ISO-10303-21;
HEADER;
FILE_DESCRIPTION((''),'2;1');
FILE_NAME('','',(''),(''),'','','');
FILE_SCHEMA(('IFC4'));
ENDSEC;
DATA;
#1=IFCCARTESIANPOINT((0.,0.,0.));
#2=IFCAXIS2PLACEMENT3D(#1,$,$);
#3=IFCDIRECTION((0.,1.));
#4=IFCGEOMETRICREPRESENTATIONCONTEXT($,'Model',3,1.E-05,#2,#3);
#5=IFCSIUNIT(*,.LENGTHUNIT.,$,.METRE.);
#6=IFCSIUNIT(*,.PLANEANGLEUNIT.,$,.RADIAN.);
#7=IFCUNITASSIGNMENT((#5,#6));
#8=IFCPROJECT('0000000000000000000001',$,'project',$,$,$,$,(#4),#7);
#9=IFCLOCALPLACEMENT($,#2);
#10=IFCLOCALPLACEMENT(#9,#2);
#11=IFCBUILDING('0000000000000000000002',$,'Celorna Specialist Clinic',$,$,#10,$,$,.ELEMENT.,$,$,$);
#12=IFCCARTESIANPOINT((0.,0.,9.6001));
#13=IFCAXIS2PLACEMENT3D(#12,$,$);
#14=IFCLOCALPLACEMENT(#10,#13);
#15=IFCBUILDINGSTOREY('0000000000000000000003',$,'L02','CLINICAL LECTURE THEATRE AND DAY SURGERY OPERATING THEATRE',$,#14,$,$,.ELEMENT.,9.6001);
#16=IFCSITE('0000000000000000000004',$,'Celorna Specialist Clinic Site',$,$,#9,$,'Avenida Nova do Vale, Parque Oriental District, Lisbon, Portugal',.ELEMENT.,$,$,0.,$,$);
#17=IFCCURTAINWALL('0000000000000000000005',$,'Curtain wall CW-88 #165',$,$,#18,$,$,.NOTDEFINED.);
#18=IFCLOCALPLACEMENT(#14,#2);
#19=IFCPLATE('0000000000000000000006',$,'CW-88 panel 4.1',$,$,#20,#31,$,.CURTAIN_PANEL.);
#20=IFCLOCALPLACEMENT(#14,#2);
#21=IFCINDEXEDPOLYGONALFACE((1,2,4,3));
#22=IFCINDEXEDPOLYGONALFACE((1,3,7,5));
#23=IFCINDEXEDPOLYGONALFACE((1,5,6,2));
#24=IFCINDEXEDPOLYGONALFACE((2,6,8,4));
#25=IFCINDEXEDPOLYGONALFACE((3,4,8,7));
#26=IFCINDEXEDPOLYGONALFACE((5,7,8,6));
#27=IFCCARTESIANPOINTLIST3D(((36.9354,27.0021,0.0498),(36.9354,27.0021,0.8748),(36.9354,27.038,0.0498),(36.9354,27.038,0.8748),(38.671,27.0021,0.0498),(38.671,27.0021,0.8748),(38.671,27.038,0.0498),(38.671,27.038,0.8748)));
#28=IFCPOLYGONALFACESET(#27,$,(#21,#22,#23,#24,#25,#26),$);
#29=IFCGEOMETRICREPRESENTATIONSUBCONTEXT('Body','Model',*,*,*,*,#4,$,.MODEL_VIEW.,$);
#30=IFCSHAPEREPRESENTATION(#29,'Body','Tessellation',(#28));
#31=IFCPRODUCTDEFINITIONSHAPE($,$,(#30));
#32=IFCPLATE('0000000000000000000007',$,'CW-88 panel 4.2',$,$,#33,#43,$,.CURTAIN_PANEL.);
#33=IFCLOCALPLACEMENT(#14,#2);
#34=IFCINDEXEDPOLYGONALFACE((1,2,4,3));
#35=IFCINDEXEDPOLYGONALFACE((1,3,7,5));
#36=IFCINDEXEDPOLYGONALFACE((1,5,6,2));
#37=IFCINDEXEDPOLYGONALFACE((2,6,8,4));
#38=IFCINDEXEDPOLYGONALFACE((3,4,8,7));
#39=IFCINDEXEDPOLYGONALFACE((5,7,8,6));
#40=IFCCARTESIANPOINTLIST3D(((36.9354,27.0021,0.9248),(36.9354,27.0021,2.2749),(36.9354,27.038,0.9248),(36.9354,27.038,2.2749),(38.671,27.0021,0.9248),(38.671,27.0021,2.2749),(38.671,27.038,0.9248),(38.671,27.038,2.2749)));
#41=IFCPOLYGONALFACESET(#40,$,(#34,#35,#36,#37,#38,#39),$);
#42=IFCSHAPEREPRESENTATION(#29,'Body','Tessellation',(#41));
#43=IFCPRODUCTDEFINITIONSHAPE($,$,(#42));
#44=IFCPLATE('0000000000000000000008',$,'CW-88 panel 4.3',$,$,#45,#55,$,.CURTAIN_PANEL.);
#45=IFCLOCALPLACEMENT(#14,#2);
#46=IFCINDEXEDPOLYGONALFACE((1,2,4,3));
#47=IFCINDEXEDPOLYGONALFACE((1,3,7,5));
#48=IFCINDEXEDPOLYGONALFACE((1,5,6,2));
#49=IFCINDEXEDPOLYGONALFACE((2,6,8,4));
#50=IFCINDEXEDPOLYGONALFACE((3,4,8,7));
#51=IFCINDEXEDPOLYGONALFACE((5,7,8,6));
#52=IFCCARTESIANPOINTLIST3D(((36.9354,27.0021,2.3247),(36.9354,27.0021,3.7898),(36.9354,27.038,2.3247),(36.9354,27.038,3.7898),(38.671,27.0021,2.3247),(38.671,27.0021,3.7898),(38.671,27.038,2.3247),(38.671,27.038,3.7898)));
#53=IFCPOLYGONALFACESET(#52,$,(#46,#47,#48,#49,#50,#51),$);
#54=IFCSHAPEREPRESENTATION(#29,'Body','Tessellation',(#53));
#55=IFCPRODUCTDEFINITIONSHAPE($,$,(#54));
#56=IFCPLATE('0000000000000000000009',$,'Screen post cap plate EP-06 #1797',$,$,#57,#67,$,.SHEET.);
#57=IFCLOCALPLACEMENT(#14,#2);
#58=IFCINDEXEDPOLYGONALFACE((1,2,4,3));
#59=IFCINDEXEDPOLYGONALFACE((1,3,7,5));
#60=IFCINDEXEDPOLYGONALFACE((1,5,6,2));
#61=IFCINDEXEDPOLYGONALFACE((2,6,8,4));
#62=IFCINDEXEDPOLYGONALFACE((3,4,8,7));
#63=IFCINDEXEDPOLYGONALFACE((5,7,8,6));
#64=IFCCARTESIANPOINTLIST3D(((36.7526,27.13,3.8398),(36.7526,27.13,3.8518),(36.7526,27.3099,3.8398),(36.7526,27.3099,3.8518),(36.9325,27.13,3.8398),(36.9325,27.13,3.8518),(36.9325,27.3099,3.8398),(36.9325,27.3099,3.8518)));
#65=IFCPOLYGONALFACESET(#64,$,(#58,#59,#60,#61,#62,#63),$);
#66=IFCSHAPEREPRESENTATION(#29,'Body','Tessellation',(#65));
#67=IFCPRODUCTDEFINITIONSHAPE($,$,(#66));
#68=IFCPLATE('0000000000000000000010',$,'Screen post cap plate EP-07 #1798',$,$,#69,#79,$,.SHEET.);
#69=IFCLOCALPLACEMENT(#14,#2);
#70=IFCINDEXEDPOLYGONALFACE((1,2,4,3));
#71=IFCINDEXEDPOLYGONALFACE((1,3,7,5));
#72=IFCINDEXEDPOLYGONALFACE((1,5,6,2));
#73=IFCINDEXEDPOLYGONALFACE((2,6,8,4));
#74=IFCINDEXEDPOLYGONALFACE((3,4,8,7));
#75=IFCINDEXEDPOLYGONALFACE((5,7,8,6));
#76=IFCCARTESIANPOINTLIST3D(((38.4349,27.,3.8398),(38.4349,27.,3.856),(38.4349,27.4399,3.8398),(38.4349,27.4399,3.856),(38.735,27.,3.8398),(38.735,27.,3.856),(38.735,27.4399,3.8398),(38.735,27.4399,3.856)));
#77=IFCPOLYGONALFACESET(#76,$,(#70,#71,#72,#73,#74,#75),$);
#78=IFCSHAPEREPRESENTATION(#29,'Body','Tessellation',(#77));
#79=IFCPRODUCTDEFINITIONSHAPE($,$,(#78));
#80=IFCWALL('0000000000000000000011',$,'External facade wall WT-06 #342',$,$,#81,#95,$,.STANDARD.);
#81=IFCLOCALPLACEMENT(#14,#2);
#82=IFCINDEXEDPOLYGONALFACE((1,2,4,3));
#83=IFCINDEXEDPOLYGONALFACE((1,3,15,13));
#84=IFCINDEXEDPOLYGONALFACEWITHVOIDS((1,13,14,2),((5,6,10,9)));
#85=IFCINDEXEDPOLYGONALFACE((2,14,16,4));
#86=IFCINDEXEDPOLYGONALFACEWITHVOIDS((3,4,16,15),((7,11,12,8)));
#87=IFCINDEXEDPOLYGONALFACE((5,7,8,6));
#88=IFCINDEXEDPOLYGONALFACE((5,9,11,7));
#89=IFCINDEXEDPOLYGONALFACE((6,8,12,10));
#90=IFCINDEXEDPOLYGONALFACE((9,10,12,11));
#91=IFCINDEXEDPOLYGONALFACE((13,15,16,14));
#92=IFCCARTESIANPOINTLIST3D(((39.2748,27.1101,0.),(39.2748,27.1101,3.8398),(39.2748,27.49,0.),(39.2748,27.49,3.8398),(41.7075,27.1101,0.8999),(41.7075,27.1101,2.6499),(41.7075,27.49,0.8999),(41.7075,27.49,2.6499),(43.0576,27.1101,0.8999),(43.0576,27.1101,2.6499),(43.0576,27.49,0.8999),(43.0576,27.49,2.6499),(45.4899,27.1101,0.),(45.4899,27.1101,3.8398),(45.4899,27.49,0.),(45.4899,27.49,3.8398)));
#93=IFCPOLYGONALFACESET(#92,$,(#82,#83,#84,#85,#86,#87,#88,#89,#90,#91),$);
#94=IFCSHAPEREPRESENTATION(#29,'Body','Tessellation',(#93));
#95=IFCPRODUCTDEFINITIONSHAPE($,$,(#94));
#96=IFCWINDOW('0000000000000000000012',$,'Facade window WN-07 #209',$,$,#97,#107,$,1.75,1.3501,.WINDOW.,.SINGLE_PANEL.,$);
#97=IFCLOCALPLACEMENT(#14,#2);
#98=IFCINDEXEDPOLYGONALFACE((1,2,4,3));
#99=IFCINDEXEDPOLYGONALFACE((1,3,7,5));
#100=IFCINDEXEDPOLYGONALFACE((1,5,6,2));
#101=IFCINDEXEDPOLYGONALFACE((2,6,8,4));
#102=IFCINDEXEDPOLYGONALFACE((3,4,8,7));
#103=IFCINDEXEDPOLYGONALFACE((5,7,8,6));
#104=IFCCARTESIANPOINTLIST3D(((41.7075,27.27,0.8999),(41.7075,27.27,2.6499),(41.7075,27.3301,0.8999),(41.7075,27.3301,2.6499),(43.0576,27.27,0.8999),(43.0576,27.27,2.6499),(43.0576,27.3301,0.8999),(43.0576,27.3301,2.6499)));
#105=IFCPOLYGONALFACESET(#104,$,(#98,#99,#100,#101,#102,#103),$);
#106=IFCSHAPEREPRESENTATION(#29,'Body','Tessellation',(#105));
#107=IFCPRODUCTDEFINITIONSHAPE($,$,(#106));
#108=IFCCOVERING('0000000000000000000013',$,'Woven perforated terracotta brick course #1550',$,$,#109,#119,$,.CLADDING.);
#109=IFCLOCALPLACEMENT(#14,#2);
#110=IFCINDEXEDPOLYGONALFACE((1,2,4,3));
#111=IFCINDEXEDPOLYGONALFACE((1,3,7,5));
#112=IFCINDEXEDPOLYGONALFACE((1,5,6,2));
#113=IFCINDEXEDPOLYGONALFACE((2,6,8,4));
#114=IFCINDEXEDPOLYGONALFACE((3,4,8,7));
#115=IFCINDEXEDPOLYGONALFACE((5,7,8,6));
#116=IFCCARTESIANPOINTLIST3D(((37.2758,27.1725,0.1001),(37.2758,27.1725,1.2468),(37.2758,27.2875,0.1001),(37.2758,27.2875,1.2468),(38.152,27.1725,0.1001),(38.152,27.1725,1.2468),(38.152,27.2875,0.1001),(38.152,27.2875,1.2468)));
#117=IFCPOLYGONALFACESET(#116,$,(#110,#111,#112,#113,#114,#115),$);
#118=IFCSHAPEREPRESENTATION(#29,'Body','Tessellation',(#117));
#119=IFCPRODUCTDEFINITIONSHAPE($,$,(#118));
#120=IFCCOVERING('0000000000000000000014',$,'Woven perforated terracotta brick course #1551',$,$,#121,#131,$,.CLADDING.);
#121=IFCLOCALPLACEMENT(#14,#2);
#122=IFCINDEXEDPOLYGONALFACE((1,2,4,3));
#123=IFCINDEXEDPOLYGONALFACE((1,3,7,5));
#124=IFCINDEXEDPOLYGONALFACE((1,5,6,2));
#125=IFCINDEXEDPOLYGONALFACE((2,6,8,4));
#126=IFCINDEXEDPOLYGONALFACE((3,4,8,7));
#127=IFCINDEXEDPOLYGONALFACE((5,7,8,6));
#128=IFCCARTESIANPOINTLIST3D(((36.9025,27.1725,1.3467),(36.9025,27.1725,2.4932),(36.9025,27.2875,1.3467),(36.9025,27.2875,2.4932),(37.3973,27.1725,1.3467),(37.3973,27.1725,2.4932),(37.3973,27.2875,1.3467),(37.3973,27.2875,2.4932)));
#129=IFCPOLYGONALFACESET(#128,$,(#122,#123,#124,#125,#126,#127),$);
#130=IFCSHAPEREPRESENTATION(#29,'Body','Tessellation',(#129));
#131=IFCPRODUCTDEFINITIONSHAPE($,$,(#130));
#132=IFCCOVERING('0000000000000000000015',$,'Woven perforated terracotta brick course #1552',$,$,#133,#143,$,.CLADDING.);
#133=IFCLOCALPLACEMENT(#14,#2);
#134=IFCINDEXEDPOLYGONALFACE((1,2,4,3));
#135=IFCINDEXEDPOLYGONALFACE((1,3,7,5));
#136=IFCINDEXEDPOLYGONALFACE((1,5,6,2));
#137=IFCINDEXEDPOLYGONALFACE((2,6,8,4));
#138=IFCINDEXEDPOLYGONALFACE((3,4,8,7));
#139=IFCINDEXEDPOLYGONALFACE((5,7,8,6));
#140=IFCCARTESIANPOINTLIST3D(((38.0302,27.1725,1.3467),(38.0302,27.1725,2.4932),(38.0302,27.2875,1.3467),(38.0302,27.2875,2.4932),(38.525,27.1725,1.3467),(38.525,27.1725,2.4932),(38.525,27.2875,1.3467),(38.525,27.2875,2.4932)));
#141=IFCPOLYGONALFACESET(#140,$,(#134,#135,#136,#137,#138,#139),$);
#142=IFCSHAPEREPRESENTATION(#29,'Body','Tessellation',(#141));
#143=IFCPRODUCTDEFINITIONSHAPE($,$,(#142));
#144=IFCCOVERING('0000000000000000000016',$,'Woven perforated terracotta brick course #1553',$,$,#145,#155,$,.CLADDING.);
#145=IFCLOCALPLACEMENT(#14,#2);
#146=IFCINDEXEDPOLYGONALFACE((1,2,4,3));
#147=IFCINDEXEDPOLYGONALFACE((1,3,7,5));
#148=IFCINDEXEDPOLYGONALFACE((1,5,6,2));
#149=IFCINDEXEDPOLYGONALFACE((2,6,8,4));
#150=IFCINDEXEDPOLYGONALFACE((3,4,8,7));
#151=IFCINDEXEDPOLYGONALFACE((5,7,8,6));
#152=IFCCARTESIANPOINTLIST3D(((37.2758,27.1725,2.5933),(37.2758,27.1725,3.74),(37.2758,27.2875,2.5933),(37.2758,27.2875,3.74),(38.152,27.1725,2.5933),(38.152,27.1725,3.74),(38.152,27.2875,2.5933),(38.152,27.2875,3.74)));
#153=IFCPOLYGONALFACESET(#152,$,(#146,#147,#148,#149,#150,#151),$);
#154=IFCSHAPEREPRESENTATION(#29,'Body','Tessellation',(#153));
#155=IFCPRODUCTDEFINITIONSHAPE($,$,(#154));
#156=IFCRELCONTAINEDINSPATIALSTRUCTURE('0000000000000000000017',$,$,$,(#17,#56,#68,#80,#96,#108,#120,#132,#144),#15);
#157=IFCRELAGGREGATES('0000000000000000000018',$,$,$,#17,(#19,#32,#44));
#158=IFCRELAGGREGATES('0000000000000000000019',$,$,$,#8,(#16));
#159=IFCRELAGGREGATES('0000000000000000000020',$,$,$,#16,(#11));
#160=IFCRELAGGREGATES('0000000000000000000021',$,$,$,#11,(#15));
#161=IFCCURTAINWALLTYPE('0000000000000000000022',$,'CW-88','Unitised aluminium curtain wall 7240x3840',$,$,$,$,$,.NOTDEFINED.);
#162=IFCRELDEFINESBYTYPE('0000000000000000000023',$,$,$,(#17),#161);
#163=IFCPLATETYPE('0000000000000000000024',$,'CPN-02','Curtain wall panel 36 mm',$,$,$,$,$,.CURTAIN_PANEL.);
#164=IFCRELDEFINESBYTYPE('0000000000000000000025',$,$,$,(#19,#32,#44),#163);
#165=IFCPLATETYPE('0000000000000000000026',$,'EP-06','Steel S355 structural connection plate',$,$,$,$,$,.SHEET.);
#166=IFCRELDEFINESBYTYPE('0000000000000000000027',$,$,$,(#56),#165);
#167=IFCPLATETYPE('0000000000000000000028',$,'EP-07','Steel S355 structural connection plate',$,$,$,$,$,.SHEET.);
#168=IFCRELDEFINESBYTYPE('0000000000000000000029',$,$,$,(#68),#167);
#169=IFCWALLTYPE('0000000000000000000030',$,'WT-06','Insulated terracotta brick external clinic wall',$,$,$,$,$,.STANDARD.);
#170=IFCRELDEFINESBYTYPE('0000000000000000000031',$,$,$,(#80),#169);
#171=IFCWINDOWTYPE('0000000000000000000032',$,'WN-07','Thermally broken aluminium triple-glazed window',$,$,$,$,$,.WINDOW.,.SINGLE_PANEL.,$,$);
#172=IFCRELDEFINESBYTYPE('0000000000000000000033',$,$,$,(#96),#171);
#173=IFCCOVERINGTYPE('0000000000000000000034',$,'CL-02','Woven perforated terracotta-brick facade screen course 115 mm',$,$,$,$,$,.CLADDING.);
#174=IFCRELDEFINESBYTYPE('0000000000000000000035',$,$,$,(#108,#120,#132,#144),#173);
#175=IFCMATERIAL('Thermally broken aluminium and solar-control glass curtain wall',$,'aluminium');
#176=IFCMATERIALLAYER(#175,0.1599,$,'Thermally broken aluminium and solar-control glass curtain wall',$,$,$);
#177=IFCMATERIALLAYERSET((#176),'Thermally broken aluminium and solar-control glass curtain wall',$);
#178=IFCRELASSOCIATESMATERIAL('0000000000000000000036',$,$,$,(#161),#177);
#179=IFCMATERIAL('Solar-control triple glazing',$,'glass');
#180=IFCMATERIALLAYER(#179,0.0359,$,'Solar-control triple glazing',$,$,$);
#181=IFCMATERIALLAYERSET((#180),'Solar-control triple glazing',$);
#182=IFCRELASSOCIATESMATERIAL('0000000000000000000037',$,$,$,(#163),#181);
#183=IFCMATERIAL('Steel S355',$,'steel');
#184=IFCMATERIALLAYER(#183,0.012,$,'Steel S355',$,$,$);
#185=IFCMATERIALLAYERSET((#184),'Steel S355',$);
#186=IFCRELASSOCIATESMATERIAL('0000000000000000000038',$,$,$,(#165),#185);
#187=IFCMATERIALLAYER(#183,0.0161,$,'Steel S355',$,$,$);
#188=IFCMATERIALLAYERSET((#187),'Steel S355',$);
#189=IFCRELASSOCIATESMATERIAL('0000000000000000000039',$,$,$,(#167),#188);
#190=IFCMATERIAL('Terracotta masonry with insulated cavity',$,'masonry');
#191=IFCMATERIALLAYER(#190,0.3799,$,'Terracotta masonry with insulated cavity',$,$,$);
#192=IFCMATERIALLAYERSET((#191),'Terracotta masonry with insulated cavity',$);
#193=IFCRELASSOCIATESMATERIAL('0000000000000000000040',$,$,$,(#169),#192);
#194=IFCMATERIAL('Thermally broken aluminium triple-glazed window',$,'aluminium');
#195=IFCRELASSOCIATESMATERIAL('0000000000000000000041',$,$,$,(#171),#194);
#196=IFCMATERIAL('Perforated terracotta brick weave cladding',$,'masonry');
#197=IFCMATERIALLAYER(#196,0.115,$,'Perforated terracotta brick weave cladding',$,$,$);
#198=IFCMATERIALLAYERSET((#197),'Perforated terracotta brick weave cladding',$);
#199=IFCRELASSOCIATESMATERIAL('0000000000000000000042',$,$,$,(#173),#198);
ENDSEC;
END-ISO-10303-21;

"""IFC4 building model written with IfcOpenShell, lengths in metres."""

from ifc_helpers import new_model, si_unit, direction, frame, frame_2d, origin, origin_2d, place, context, subcontext, project, spatial, rectangle, extrude, material, layer, layer_set, type_object, element, fill, aggregate, save


model = new_model("IFC4")

# Units and contexts
model_context = context("Model", 3, precision=1e-05, world=origin(), true_north=direction((0.0, 1.0)))
body_context = subcontext(model_context, "Body", "Model", "MODEL_VIEW")
ifc_project = project(units=[si_unit("LENGTHUNIT", "METRE"), si_unit("PLANEANGLEUNIT", "RADIAN")], contexts=[model_context])

# Site, building, storey
site_placement = place(None, origin())
site = spatial("IfcSite", under=ifc_project, at=site_placement, Name="Celorna Specialist Clinic Site", LongName="Avenida Nova do Vale, Parque Oriental District, Lisbon, Portugal", CompositionType="ELEMENT", RefElevation=0.0)
building_placement = place(site_placement, origin())
building = spatial("IfcBuilding", under=site, at=building_placement, Name="Celorna Specialist Clinic", CompositionType="ELEMENT")
storey_placement = place(building_placement, frame((0.0, 0.0, 9.6001)))
storey = spatial("IfcBuildingStorey", under=building, at=storey_placement, Name="L02", Description="CLINICAL LECTURE THEATRE AND DAY SURGERY OPERATING THEATRE", CompositionType="ELEMENT", Elevation=9.6001)

# Shared definitions
ifc_material_1 = material(Name="Steel S355", Category="steel")

# Curtain wall
ifc_material_2 = material(Name="Thermally broken aluminium and solar-control glass curtain wall", Category="aluminium")
ifc_layer_1 = layer(ifc_material_2, 0.1599, Name="Thermally broken aluminium and solar-control glass curtain wall")
ifc_layer_set_1 = layer_set([ifc_layer_1], Name="Thermally broken aluminium and solar-control glass curtain wall")
curtain_wall_type_1 = type_object("IfcCurtainWallType", Name="CW-88", Description="Unitised aluminium curtain wall 7240x3840", PredefinedType="NOTDEFINED", material=ifc_layer_set_1)
curtain_wall_1_placement = place(storey_placement, origin())
curtain_wall_1 = element("IfcCurtainWall", 1, at=curtain_wall_1_placement, inside=storey, type_object=curtain_wall_type_1, Name="Curtain wall CW-88 #165", PredefinedType="NOTDEFINED")

# Plates
ifc_material_3 = material(Name="Solar-control triple glazing", Category="glass")
ifc_layer_2 = layer(ifc_material_3, 0.0359, Name="Solar-control triple glazing")
ifc_layer_set_2 = layer_set([ifc_layer_2], Name="Solar-control triple glazing")
plate_type_1 = type_object("IfcPlateType", Name="CPN-02", Description="Curtain wall panel 36 mm", PredefinedType="CURTAIN_PANEL", material=ifc_layer_set_2)
plate_1_placement = place(storey_placement, frame((37.8032, 27.02, 0.0498), z_axis=(0.0, 0.0, 1.0), x_axis=(1.0, 0.0, 0.0)))
plate_1 = element("IfcPlate", 2, at=plate_1_placement, type_object=plate_type_1, Name="CW-88 panel 4.1", PredefinedType="CURTAIN_PANEL", context=body_context, shape_type="SweptSolid", body=[
    extrude(rectangle(XDim=1.7356, YDim=0.0359, at=origin_2d()), origin(), (0.0, 0.0, 1.0), 0.825),
])
plate_2_placement = place(storey_placement, frame((37.8032, 27.02, 0.9248), z_axis=(0.0, 0.0, 1.0), x_axis=(1.0, 0.0, 0.0)))
plate_2 = element("IfcPlate", 3, at=plate_2_placement, type_object=plate_type_1, Name="CW-88 panel 4.2", PredefinedType="CURTAIN_PANEL", context=body_context, shape_type="SweptSolid", body=[
    extrude(rectangle(XDim=1.7356, YDim=0.0359, at=origin_2d()), origin(), (0.0, 0.0, 1.0), 1.3501),
])
plate_3_placement = place(storey_placement, frame((37.8032, 27.02, 2.3247), z_axis=(0.0, 0.0, 1.0), x_axis=(1.0, 0.0, 0.0)))
plate_3 = element("IfcPlate", 4, at=plate_3_placement, type_object=plate_type_1, Name="CW-88 panel 4.3", PredefinedType="CURTAIN_PANEL", context=body_context, shape_type="SweptSolid", body=[
    extrude(rectangle(XDim=1.7356, YDim=0.0359, at=origin_2d()), origin(), (0.0, 0.0, 1.0), 1.4651),
])
aggregate(curtain_wall_1, [plate_1, plate_2, plate_3])

# Plates
ifc_layer_3 = layer(ifc_material_1, 0.012, Name="Steel S355")
ifc_layer_set_3 = layer_set([ifc_layer_3], Name="Steel S355")
plate_type_2 = type_object("IfcPlateType", Name="EP-06", Description="Steel S355 structural connection plate", PredefinedType="SHEET", material=ifc_layer_set_3)
plate_4_placement = place(storey_placement, frame((36.8425, 27.22, 3.8398), z_axis=(0.0, 0.0, 1.0), x_axis=(1.0, 0.0, 0.0)))
element("IfcPlate", 5, at=plate_4_placement, inside=storey, type_object=plate_type_2, Name="Screen post cap plate EP-06 #1797", PredefinedType="SHEET", context=body_context, shape_type="SweptSolid", body=[
    extrude(rectangle(XDim=0.1799, YDim=0.1799, at=origin_2d()), origin(), (0.0, 0.0, 1.0), 0.012),
])
ifc_layer_4 = layer(ifc_material_1, 0.0161, Name="Steel S355")
ifc_layer_set_4 = layer_set([ifc_layer_4], Name="Steel S355")
plate_type_3 = type_object("IfcPlateType", Name="EP-07", Description="Steel S355 structural connection plate", PredefinedType="SHEET", material=ifc_layer_set_4)
plate_5_placement = place(storey_placement, frame((38.585, 27.22, 3.8398), z_axis=(0.0, 0.0, 1.0), x_axis=(1.0, 0.0, 0.0)))
element("IfcPlate", 6, at=plate_5_placement, inside=storey, type_object=plate_type_3, Name="Screen post cap plate EP-07 #1798", PredefinedType="SHEET", context=body_context, shape_type="SweptSolid", body=[
    extrude(rectangle(XDim=0.3, YDim=0.4399, at=origin_2d()), origin(), (0.0, 0.0, 1.0), 0.0161),
])

# Wall, opening, window
ifc_material_4 = material(Name="Terracotta masonry with insulated cavity", Category="masonry")
ifc_layer_5 = layer(ifc_material_4, 0.3799, Name="Terracotta masonry with insulated cavity")
ifc_layer_set_5 = layer_set([ifc_layer_5], Name="Terracotta masonry with insulated cavity")
wall_type = type_object("IfcWallType", Name="WT-06", Description="Insulated terracotta brick external clinic wall", PredefinedType="STANDARD", material=ifc_layer_set_5)
wall_placement = place(storey_placement, frame((39.2749, 27.3, 0.0), z_axis=(0.0, 0.0, 1.0), x_axis=(1.0, 0.0, 0.0)))
wall = element("IfcWall", 7, at=wall_placement, inside=storey, type_object=wall_type, Name="External facade wall WT-06 #342", PredefinedType="STANDARD", context=body_context, shape_type="SweptSolid", body=[
    extrude(rectangle(XDim=6.2151, YDim=0.3799, at=frame_2d((3.1074, 0.0))), origin(), (0.0, 0.0, 1.0), 3.8398),
])
opening_placement = place(wall_placement, frame((2.4326, 0.0, 0.8999)))
opening = element("IfcOpeningElement", 8, at=opening_placement, cuts=wall, PredefinedType="OPENING", context=body_context, shape_type="SweptSolid", body=[
    extrude(rectangle(XDim=1.3501, YDim=1.75, at=frame_2d((0.675, 0.875))), frame((0.0, 0.2, 0.0), z_axis=(0.0, -1.0, 0.0), x_axis=(1.0, 0.0, 0.0)), (0.0, 0.0, 1.0), 0.3999),
])
ifc_material_5 = material(Name="Thermally broken aluminium triple-glazed window", Category="aluminium")
window_type = type_object("IfcWindowType", Name="WN-07", Description="Thermally broken aluminium triple-glazed window", PartitioningType="SINGLE_PANEL", PredefinedType="WINDOW", material=ifc_material_5)
window_placement = place(opening_placement, origin())
window = element("IfcWindow", 9, at=window_placement, inside=storey, type_object=window_type, Name="Facade window WN-07 #209", OverallHeight=1.75, OverallWidth=1.3501, PartitioningType="SINGLE_PANEL", PredefinedType="WINDOW", context=body_context, shape_type="SweptSolid", body=[
    extrude(rectangle(XDim=1.3501, YDim=1.75, at=frame_2d((0.675, 0.875))), frame((0.0, 0.03, 0.0), z_axis=(0.0, -1.0, 0.0), x_axis=(1.0, 0.0, 0.0)), (0.0, 0.0, 1.0), 0.0601),
])
fill(opening, window)

# Coverings
ifc_material_6 = material(Name="Perforated terracotta brick weave cladding", Category="masonry")
ifc_layer_6 = layer(ifc_material_6, 0.115, Name="Perforated terracotta brick weave cladding")
ifc_layer_set_6 = layer_set([ifc_layer_6], Name="Perforated terracotta brick weave cladding")
covering_type = type_object("IfcCoveringType", Name="CL-02", Description="Woven perforated terracotta-brick facade screen course 115 mm", PredefinedType="CLADDING", material=ifc_layer_set_6)
covering_1_placement = place(storey_placement, frame((37.7139, 27.23, 0.1001), z_axis=(0.0, 0.0, 1.0), x_axis=(1.0, 0.0, 0.0)))
element("IfcCovering", 10, at=covering_1_placement, inside=storey, type_object=covering_type, Name="Woven perforated terracotta brick course #1550", PredefinedType="CLADDING", context=body_context, shape_type="SweptSolid", body=[
    extrude(rectangle(XDim=0.8762, YDim=0.115, at=origin_2d()), origin(), (0.0, 0.0, 1.0), 1.1467),
])
for number, where, z_axis, x_axis, name in (
    (11, (37.1499, 27.23, 1.3467), (0.0, 0.0, 1.0), (1.0, 0.0, 0.0), "Woven perforated terracotta brick course #1551"),
    (12, (38.2776, 27.23, 1.3467), (0.0, 0.0, 1.0), (1.0, 0.0, 0.0), "Woven perforated terracotta brick course #1552"),
):
    element("IfcCovering", number, at=place(storey_placement, frame(where, z_axis=z_axis, x_axis=x_axis)), inside=storey, type_object=covering_type, Name=name, PredefinedType="CLADDING", context=body_context, shape_type="SweptSolid", body=[
        extrude(rectangle(XDim=0.4949, YDim=0.115, at=origin_2d()), origin(), (0.0, 0.0, 1.0), 1.1465),
    ])
covering_2_placement = place(storey_placement, frame((37.7139, 27.23, 2.5933), z_axis=(0.0, 0.0, 1.0), x_axis=(1.0, 0.0, 0.0)))
element("IfcCovering", 13, at=covering_2_placement, inside=storey, type_object=covering_type, Name="Woven perforated terracotta brick course #1553", PredefinedType="CLADDING", context=body_context, shape_type="SweptSolid", body=[
    extrude(rectangle(XDim=0.8762, YDim=0.115, at=origin_2d()), origin(), (0.0, 0.0, 1.0), 1.1467),
])

save(model, "model.ifc")
